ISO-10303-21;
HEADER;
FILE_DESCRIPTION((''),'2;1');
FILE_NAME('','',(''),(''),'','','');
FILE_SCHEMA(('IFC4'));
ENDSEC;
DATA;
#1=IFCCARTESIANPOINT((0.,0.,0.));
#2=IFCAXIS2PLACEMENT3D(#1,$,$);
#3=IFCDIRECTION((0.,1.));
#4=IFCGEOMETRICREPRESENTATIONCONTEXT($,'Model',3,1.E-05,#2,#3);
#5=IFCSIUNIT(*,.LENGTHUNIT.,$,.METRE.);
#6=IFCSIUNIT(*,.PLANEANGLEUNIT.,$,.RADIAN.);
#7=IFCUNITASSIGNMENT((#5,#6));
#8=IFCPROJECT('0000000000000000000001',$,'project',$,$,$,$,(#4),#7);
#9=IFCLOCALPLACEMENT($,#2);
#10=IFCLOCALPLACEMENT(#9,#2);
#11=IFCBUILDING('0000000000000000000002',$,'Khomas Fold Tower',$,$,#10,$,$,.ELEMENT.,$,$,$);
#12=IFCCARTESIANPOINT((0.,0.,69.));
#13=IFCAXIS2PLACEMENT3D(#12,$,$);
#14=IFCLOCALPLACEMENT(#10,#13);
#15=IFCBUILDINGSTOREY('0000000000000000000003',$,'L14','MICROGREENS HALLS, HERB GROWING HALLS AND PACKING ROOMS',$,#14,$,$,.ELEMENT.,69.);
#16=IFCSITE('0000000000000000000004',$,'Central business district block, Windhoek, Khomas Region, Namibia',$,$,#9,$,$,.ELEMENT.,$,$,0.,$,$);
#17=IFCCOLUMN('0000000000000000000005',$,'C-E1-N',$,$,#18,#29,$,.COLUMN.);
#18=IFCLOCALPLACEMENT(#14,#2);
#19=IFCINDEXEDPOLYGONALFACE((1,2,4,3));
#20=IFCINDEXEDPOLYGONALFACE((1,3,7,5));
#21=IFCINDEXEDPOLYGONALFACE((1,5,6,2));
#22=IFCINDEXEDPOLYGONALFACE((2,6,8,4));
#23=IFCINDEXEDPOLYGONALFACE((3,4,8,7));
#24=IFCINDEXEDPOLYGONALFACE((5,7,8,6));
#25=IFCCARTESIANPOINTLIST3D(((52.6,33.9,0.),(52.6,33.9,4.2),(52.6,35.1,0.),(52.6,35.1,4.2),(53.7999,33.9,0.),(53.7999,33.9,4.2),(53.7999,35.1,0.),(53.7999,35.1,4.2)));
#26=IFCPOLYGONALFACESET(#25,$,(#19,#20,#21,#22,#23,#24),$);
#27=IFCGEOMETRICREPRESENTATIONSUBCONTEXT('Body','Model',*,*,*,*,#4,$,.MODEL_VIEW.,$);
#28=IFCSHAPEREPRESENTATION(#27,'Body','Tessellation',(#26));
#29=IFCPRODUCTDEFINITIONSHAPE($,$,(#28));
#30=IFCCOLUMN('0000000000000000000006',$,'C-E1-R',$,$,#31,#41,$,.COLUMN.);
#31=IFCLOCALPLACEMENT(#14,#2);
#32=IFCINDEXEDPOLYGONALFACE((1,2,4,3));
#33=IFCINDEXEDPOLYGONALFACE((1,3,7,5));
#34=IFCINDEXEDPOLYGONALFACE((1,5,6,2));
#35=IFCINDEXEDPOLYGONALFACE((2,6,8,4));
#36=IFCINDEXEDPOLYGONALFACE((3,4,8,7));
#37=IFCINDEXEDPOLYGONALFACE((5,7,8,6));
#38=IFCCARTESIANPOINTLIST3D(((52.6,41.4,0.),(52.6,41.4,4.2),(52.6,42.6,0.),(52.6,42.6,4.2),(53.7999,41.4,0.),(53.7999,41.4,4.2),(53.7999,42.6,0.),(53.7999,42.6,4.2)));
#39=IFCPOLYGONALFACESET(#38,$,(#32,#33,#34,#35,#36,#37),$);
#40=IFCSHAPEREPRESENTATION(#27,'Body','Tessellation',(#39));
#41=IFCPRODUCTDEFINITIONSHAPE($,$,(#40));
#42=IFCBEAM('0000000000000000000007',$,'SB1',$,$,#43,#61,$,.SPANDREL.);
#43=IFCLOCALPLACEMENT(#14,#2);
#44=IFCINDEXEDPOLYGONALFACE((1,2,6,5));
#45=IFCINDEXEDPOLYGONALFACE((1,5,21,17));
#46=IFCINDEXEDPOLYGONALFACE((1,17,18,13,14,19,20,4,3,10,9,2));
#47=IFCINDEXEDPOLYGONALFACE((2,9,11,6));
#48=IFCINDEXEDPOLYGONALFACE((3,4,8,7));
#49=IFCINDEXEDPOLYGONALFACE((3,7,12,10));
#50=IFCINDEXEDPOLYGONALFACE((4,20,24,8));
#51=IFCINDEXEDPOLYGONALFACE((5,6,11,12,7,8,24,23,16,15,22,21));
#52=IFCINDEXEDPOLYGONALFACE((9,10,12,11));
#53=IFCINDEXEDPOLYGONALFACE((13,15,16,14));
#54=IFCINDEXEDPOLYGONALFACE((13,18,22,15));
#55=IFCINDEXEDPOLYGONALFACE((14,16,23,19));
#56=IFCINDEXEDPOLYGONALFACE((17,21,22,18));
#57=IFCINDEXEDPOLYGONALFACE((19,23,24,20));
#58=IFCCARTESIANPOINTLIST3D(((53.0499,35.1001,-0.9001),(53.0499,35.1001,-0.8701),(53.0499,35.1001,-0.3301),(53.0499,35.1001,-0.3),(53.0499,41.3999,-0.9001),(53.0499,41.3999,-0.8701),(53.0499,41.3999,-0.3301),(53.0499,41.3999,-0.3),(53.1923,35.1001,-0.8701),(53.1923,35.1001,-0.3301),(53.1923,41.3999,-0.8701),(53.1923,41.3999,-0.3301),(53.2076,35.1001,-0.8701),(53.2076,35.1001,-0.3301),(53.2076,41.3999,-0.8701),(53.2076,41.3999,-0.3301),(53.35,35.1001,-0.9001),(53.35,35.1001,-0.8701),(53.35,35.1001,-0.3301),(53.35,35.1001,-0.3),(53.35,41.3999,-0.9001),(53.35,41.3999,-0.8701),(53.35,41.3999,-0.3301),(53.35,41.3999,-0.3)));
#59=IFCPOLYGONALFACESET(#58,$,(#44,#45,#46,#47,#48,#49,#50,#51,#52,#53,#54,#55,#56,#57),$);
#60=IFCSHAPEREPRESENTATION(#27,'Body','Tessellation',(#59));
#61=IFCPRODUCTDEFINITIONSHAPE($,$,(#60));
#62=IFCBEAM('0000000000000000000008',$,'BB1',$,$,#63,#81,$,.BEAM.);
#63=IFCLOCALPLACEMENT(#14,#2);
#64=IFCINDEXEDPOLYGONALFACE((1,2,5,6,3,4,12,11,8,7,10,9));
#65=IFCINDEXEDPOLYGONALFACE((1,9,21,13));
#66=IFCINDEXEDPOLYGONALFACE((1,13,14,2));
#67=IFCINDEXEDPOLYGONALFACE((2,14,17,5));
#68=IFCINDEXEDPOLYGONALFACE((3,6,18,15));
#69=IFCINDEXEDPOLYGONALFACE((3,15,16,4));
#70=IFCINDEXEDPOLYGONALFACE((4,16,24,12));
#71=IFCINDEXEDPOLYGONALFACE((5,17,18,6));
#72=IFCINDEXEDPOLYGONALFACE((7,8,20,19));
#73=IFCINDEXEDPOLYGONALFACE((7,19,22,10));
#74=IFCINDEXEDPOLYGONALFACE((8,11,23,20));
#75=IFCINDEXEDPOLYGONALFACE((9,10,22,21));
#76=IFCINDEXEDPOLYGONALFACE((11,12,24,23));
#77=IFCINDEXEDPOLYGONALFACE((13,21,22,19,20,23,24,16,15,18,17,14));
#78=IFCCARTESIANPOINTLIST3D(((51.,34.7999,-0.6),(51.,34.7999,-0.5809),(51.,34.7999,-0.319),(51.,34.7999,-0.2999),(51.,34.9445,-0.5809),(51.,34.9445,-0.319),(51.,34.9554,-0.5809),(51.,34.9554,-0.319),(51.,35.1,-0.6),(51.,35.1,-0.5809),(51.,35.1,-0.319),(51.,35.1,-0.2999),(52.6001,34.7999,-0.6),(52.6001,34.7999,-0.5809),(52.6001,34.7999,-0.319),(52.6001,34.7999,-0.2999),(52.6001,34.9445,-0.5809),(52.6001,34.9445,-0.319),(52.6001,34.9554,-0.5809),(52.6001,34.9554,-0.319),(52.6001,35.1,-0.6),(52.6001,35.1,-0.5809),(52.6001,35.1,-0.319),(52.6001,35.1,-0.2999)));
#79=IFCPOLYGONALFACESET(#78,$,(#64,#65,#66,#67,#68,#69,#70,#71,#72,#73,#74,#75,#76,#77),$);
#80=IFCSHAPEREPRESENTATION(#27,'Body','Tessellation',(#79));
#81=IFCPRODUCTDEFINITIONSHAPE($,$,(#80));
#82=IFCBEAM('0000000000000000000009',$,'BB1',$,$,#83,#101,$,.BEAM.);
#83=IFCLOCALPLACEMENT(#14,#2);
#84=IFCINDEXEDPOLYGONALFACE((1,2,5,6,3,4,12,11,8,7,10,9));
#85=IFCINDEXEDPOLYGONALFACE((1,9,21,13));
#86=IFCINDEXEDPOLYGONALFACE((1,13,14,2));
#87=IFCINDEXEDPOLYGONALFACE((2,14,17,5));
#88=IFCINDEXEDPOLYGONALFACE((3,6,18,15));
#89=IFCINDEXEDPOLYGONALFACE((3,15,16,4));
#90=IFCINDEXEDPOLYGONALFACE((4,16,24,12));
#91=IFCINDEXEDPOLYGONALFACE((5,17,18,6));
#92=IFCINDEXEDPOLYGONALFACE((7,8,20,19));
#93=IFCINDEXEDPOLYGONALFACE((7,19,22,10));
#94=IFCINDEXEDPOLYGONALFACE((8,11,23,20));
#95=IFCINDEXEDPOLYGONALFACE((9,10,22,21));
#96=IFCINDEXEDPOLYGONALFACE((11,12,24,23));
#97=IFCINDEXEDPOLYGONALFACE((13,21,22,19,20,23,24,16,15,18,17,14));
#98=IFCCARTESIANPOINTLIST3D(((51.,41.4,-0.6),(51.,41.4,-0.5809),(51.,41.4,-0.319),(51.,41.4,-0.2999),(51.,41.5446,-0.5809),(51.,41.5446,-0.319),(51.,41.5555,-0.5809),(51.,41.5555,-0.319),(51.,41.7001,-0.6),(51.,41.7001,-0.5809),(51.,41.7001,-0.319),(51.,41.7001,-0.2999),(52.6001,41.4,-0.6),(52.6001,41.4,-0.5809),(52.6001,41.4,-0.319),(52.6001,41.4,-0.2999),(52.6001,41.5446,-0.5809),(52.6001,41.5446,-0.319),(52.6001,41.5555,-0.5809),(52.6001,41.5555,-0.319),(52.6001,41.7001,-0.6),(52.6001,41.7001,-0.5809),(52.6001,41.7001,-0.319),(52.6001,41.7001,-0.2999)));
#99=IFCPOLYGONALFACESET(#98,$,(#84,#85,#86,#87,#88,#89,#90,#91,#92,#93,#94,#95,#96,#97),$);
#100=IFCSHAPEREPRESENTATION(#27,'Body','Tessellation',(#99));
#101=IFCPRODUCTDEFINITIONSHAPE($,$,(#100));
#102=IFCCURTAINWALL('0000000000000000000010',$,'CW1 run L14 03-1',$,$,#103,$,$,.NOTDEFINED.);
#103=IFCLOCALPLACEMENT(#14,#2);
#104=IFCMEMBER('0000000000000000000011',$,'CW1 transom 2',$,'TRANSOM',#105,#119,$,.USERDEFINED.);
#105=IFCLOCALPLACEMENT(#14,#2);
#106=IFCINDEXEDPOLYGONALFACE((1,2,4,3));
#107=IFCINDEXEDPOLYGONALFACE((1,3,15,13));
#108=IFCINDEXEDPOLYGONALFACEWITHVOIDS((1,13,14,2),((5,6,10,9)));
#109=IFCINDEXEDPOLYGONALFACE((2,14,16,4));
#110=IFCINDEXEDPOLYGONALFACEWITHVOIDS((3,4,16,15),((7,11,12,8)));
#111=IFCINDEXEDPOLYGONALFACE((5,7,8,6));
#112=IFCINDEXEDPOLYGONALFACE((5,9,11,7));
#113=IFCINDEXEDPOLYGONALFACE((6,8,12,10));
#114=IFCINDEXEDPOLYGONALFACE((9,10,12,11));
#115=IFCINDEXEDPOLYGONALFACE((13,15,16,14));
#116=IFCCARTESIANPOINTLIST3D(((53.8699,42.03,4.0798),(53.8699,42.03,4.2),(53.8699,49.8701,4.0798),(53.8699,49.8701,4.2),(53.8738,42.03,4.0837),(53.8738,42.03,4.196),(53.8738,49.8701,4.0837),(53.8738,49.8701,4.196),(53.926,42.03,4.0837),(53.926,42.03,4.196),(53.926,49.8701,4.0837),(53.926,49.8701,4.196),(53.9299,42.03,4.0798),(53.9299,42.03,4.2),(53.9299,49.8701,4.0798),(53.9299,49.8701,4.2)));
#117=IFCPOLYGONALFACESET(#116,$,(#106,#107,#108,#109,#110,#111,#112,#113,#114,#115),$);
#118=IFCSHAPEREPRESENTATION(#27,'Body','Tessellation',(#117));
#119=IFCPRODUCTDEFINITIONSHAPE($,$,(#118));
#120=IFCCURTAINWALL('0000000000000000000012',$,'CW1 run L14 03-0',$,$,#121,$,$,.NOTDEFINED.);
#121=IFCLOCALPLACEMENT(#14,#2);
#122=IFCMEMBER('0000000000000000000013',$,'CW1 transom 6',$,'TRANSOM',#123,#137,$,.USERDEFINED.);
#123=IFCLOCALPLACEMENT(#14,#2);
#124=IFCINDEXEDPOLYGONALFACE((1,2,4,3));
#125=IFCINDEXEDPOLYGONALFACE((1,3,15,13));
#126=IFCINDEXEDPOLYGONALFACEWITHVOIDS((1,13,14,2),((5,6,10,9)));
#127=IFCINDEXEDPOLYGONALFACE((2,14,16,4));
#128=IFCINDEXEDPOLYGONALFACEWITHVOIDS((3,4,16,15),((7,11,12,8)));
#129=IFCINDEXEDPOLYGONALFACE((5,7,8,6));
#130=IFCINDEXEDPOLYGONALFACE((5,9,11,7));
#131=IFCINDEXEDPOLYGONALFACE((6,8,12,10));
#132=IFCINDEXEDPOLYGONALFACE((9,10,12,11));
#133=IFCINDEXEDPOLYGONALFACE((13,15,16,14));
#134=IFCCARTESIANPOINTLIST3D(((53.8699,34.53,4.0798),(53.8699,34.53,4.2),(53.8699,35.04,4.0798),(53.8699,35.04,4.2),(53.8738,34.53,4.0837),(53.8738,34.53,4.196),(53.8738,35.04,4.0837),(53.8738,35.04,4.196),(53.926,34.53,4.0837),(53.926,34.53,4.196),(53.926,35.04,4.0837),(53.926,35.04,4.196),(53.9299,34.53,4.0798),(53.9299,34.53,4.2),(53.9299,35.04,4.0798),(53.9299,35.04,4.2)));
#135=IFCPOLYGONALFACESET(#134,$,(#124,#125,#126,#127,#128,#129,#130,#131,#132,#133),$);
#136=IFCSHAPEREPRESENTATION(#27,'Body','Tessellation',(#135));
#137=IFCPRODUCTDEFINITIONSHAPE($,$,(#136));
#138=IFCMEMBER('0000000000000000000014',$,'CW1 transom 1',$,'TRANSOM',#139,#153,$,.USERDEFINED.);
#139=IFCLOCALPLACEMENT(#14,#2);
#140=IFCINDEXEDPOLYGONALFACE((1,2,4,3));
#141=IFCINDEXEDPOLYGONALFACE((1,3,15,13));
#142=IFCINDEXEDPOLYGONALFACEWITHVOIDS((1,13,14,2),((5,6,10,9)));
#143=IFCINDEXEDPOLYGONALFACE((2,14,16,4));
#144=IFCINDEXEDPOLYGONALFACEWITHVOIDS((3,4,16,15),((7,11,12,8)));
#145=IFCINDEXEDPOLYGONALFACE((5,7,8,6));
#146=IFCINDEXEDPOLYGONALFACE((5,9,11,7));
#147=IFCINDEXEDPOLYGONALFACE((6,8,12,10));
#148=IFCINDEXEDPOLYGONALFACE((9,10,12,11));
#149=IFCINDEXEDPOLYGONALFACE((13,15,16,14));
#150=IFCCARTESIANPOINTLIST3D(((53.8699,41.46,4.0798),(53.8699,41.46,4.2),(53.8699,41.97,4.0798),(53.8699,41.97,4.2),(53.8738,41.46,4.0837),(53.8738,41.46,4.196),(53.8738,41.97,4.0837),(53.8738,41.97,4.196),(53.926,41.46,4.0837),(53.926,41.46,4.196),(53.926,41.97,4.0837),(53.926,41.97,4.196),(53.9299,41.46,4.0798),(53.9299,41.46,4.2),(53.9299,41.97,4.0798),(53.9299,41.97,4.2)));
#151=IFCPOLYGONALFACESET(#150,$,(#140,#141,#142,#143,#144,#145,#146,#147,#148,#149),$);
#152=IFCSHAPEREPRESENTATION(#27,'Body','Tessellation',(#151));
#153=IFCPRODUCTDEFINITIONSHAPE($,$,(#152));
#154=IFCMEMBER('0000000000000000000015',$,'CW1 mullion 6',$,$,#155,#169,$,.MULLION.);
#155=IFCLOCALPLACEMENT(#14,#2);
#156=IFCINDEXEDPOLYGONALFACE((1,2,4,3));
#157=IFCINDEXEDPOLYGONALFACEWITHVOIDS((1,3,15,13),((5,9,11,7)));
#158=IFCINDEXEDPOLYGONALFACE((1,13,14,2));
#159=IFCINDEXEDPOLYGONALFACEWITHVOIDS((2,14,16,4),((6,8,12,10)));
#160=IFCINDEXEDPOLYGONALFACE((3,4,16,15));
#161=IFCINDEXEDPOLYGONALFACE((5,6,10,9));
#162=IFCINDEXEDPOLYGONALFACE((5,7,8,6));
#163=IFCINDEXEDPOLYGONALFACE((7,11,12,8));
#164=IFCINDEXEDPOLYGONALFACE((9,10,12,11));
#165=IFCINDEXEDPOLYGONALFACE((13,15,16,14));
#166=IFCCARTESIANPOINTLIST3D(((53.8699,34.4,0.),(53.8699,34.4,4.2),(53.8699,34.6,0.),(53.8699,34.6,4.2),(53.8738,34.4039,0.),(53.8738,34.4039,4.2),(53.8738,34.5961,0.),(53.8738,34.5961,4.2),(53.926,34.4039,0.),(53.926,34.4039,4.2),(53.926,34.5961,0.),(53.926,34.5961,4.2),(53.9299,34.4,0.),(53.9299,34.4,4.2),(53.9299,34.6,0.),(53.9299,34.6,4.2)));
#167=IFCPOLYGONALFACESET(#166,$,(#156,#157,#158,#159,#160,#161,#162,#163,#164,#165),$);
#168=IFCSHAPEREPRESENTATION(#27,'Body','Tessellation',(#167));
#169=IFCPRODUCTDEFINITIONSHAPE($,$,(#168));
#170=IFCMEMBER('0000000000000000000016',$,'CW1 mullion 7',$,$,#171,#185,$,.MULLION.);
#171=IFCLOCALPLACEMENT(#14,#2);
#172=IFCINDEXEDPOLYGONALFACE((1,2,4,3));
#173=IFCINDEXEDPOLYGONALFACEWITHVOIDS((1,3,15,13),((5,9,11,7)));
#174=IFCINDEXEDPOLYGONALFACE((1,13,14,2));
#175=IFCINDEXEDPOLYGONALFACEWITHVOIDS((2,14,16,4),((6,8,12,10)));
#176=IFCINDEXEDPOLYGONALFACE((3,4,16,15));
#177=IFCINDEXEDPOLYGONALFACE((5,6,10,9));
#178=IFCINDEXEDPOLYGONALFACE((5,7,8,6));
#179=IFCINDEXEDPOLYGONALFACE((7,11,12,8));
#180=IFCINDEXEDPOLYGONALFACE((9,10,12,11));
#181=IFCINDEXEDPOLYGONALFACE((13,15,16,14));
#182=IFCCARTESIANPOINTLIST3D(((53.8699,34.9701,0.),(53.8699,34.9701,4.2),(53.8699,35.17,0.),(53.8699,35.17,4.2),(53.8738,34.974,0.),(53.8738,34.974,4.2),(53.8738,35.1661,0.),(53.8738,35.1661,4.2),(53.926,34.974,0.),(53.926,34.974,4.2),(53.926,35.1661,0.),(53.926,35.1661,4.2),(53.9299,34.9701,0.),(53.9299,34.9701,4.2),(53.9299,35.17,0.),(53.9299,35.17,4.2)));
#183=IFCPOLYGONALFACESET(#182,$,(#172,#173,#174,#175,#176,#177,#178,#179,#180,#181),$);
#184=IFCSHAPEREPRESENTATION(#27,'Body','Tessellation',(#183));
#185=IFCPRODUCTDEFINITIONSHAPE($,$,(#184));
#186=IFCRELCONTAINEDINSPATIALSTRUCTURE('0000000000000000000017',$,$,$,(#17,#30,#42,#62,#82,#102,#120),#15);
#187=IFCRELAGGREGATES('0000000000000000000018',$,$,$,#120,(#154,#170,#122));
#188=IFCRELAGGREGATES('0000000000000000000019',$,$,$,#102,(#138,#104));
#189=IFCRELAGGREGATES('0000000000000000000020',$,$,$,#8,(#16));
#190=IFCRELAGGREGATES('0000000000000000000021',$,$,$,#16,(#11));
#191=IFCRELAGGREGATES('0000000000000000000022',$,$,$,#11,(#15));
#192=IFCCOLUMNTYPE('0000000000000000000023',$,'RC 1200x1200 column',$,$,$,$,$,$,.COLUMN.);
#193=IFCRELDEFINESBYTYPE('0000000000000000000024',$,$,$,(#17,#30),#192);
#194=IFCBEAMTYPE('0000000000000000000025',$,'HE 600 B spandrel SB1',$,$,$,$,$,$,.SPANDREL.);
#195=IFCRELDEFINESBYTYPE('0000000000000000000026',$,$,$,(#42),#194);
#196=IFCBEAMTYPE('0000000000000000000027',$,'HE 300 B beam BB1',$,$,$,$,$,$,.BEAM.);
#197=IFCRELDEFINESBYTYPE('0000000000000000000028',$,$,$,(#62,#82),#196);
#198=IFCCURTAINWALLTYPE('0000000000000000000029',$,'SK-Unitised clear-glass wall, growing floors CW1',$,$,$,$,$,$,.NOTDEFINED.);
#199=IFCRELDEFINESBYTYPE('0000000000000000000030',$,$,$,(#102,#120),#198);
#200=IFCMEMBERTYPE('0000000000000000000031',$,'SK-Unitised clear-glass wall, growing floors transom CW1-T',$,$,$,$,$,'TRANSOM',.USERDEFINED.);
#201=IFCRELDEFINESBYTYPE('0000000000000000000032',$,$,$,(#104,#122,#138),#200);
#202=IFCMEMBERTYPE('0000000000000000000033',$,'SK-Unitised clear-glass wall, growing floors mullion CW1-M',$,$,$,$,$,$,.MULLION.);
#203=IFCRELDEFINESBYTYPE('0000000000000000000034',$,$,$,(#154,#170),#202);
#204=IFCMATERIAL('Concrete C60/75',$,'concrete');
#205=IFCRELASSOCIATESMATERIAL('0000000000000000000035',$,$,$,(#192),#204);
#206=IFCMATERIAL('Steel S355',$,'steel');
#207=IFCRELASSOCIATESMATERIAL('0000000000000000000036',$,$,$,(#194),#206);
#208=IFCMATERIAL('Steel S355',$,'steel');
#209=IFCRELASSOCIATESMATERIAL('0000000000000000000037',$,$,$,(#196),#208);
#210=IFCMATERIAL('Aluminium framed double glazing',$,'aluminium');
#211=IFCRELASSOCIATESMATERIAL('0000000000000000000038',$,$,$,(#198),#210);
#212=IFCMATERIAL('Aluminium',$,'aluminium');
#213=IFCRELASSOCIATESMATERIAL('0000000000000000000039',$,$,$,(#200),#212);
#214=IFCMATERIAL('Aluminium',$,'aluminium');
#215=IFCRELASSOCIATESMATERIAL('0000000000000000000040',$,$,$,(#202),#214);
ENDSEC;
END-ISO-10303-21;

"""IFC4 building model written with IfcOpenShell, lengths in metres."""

from ifc_helpers import new_model, si_unit, direction, frame, origin, origin_2d, place, context, subcontext, project, spatial, rectangle, hollow_rectangle, i_section, extrude, source, transform, mapped, material, material_profile, profile_set, type_object, element, aggregate, save


model = new_model("IFC4")

# Units and contexts
model_context = context("Model", 3, precision=1e-05, world=origin(), true_north=direction((0.0, 1.0)))
body_context = subcontext(model_context, "Body", "Model", "MODEL_VIEW")
ifc_project = project(units=[si_unit("LENGTHUNIT", "METRE"), si_unit("PLANEANGLEUNIT", "RADIAN")], contexts=[model_context])

# Site, building, storey
site_placement = place(None, origin())
site = spatial("IfcSite", under=ifc_project, at=site_placement, Name="Central business district block, Windhoek, Khomas Region, Namibia", CompositionType="ELEMENT", RefElevation=0.0)
building_placement = place(site_placement, origin())
building = spatial("IfcBuilding", under=site, at=building_placement, Name="Khomas Fold Tower", CompositionType="ELEMENT")
storey_placement = place(building_placement, frame((0.0, 0.0, 69.0)))
storey = spatial("IfcBuildingStorey", under=building, at=storey_placement, Name="L14", Description="MICROGREENS HALLS, HERB GROWING HALLS AND PACKING ROOMS", CompositionType="ELEMENT", Elevation=69.0)

# Columns
ifc_material_1 = material(Name="Concrete C60/75", Category="concrete")
ifc_material_profile_1 = material_profile(ifc_material_1, rectangle(XDim=1.2, YDim=1.2, at=origin_2d()), Name="RC 1200x1200")
ifc_profile_set_1 = profile_set([ifc_material_profile_1], Name="Concrete C60/75")
column_type = type_object("IfcColumnType", Name="RC 1200x1200 column", PredefinedType="COLUMN", material=ifc_profile_set_1)
shared_shape_1 = source(origin(), body_context, "Body", "SweptSolid", [
    extrude(rectangle(XDim=1.2, YDim=1.2, at=origin_2d()), origin(), (0.0, 0.0, 1.0), 4.2),
])
for number, where, z_axis, x_axis, name in (
    (1, (53.2, 34.5, 0.0), (0.0, 0.0, 1.0), (1.0, 0.0, 0.0), "C-E1-N"),
    (2, (53.2, 42.0, 0.0), (0.0, 0.0, 1.0), (1.0, 0.0, 0.0), "C-E1-R"),
):
    element("IfcColumn", number, at=place(storey_placement, frame(where, z_axis=z_axis, x_axis=x_axis)), inside=storey, type_object=column_type, Name=name, PredefinedType="COLUMN", context=body_context, shape_type="MappedRepresentation", body=[
        mapped(shared_shape_1, transform((0.0, 0.0, 0.0))),
    ])

# Beams
ifc_material_2 = material(Name="Steel S355", Category="steel")
ifc_material_profile_2 = material_profile(ifc_material_2, i_section(OverallWidth=0.3, OverallDepth=0.6001, WebThickness=0.0154, FlangeThickness=0.03, at=origin_2d()), Name="HE 600 B")
ifc_profile_set_2 = profile_set([ifc_material_profile_2], Name="Steel S355")
beam_type_1 = type_object("IfcBeamType", Name="HE 600 B spandrel SB1", PredefinedType="SPANDREL", material=ifc_profile_set_2)
shared_shape_2 = source(origin(), body_context, "Body", "SweptSolid", [
    extrude(i_section(OverallWidth=0.3, OverallDepth=0.6001, WebThickness=0.0154, FlangeThickness=0.03, at=origin_2d()), origin(), (0.0, 0.0, 1.0), 6.2998),
])
beam_placement = place(storey_placement, frame((53.2, 35.1001, -0.6001), z_axis=(0.0, 1.0, 0.0), x_axis=(-1.0, 0.0, 0.0)))
element("IfcBeam", 3, at=beam_placement, inside=storey, type_object=beam_type_1, Name="SB1", PredefinedType="SPANDREL", context=body_context, shape_type="MappedRepresentation", body=[
    mapped(shared_shape_2, transform((0.0, 0.0, 0.0))),
])
ifc_material_3 = material(Name="Steel S355", Category="steel")
ifc_material_profile_3 = material_profile(ifc_material_3, i_section(OverallWidth=0.3, OverallDepth=0.3, WebThickness=0.011, FlangeThickness=0.019, at=origin_2d()), Name="HE 300 B")
ifc_profile_set_3 = profile_set([ifc_material_profile_3], Name="Steel S355")
beam_type_2 = type_object("IfcBeamType", Name="HE 300 B beam BB1", PredefinedType="BEAM", material=ifc_profile_set_3)
shared_shape_3 = source(origin(), body_context, "Body", "SweptSolid", [
    extrude(i_section(OverallWidth=0.3, OverallDepth=0.3, WebThickness=0.011, FlangeThickness=0.019, at=origin_2d()), origin(), (0.0, 0.0, 1.0), 1.6001),
])
for number, where, z_axis, x_axis, name in (
    (4, (51.0, 34.95, -0.45), (1.0, 0.0, 0.0), (0.0, 1.0, 0.0), "BB1"),
    (5, (51.0, 41.55, -0.45), (1.0, 0.0, 0.0), (0.0, 1.0, 0.0), "BB1"),
):
    element("IfcBeam", number, at=place(storey_placement, frame(where, z_axis=z_axis, x_axis=x_axis)), inside=storey, type_object=beam_type_2, Name=name, PredefinedType="BEAM", context=body_context, shape_type="MappedRepresentation", body=[
        mapped(shared_shape_3, transform((0.0, 0.0, 0.0))),
    ])

# Curtain walls, members
ifc_material_4 = material(Name="Aluminium framed double glazing", Category="aluminium")
curtain_wall_type = type_object("IfcCurtainWallType", Name="SK-Unitised clear-glass wall, growing floors CW1", PredefinedType="NOTDEFINED", material=ifc_material_4)
curtain_wall_1_placement = place(storey_placement, origin())
curtain_wall_1 = element("IfcCurtainWall", 6, at=curtain_wall_1_placement, inside=storey, type_object=curtain_wall_type, Name="CW1 run L14 03-1", PredefinedType="NOTDEFINED")
ifc_material_5 = material(Name="Aluminium", Category="aluminium")
ifc_material_profile_4 = material_profile(ifc_material_5, hollow_rectangle(XDim=0.0601, YDim=0.1201, WallThickness=0.0039, at=origin_2d()), Name="SK-Unitised clear-glass wall, growing floors transom CW1-T")
ifc_profile_set_4 = profile_set([ifc_material_profile_4], Name="Aluminium")
member_type_1 = type_object("IfcMemberType", Name="SK-Unitised clear-glass wall, growing floors transom CW1-T", ElementType="TRANSOM", PredefinedType="USERDEFINED", material=ifc_profile_set_4)
shared_shape_4 = source(origin(), body_context, "Body", "SweptSolid", [
    extrude(hollow_rectangle(XDim=0.0601, YDim=0.1201, WallThickness=0.0039, at=origin_2d()), origin(), (0.0, 0.0, 1.0), 7.8401),
])
member_1_placement = place(storey_placement, frame((53.8999, 42.03, 4.1399), z_axis=(0.0, 1.0, 0.0), x_axis=(-1.0, 0.0, 0.0)))
member_1 = element("IfcMember", 7, at=member_1_placement, type_object=member_type_1, Name="CW1 transom 2", ObjectType="TRANSOM", PredefinedType="USERDEFINED", context=body_context, shape_type="MappedRepresentation", body=[
    mapped(shared_shape_4, transform((0.0, 0.0, 0.0))),
])
curtain_wall_2_placement = place(storey_placement, origin())
curtain_wall_2 = element("IfcCurtainWall", 8, at=curtain_wall_2_placement, inside=storey, type_object=curtain_wall_type, Name="CW1 run L14 03-0", PredefinedType="NOTDEFINED")
shared_shape_5 = source(origin(), body_context, "Body", "SweptSolid", [
    extrude(hollow_rectangle(XDim=0.0601, YDim=0.1201, WallThickness=0.0039, at=origin_2d()), origin(), (0.0, 0.0, 1.0), 0.51),
])
member_2_placement = place(storey_placement, frame((53.8999, 34.53, 4.1399), z_axis=(0.0, 1.0, 0.0), x_axis=(-1.0, 0.0, 0.0)))
member_2 = element("IfcMember", 9, at=member_2_placement, type_object=member_type_1, Name="CW1 transom 6", ObjectType="TRANSOM", PredefinedType="USERDEFINED", context=body_context, shape_type="MappedRepresentation", body=[
    mapped(shared_shape_5, transform((0.0, 0.0, 0.0))),
])

# Members
member_3_placement = place(storey_placement, frame((53.8999, 41.46, 4.1399), z_axis=(0.0, 1.0, 0.0), x_axis=(-1.0, 0.0, 0.0)))
member_3 = element("IfcMember", 10, at=member_3_placement, type_object=member_type_1, Name="CW1 transom 1", ObjectType="TRANSOM", PredefinedType="USERDEFINED", context=body_context, shape_type="MappedRepresentation", body=[
    mapped(shared_shape_5, transform((0.0, 0.0, 0.0))),
])
ifc_material_6 = material(Name="Aluminium", Category="aluminium")
ifc_material_profile_5 = material_profile(ifc_material_6, hollow_rectangle(XDim=0.0601, YDim=0.2, WallThickness=0.0039, at=origin_2d()), Name="SK-Unitised clear-glass wall, growing floors mullion CW1-M")
ifc_profile_set_5 = profile_set([ifc_material_profile_5], Name="Aluminium")
member_type_2 = type_object("IfcMemberType", Name="SK-Unitised clear-glass wall, growing floors mullion CW1-M", PredefinedType="MULLION", material=ifc_profile_set_5)
shared_shape_6 = source(origin(), body_context, "Body", "SweptSolid", [
    extrude(hollow_rectangle(XDim=0.0601, YDim=0.2, WallThickness=0.0039, at=origin_2d()), origin(), (0.0, 0.0, 1.0), 4.2),
])
member_4_placement = place(storey_placement, frame((53.8999, 34.5, 0.0), z_axis=(0.0, 0.0, 1.0), x_axis=(-1.0, 0.0, 0.0)))
member_4 = element("IfcMember", 11, at=member_4_placement, type_object=member_type_2, Name="CW1 mullion 6", PredefinedType="MULLION", context=body_context, shape_type="MappedRepresentation", body=[
    mapped(shared_shape_6, transform((0.0, 0.0, 0.0))),
])
member_5_placement = place(storey_placement, frame((53.8999, 35.0701, 0.0), z_axis=(0.0, 0.0, 1.0), x_axis=(-1.0, 0.0, 0.0)))
member_5 = element("IfcMember", 12, at=member_5_placement, type_object=member_type_2, Name="CW1 mullion 7", PredefinedType="MULLION", context=body_context, shape_type="MappedRepresentation", body=[
    mapped(shared_shape_6, transform((0.0, 0.0, 0.0))),
])

aggregate(curtain_wall_2, [member_4, member_5, member_2])
aggregate(curtain_wall_1, [member_3, member_1])

save(model, "model.ifc")
